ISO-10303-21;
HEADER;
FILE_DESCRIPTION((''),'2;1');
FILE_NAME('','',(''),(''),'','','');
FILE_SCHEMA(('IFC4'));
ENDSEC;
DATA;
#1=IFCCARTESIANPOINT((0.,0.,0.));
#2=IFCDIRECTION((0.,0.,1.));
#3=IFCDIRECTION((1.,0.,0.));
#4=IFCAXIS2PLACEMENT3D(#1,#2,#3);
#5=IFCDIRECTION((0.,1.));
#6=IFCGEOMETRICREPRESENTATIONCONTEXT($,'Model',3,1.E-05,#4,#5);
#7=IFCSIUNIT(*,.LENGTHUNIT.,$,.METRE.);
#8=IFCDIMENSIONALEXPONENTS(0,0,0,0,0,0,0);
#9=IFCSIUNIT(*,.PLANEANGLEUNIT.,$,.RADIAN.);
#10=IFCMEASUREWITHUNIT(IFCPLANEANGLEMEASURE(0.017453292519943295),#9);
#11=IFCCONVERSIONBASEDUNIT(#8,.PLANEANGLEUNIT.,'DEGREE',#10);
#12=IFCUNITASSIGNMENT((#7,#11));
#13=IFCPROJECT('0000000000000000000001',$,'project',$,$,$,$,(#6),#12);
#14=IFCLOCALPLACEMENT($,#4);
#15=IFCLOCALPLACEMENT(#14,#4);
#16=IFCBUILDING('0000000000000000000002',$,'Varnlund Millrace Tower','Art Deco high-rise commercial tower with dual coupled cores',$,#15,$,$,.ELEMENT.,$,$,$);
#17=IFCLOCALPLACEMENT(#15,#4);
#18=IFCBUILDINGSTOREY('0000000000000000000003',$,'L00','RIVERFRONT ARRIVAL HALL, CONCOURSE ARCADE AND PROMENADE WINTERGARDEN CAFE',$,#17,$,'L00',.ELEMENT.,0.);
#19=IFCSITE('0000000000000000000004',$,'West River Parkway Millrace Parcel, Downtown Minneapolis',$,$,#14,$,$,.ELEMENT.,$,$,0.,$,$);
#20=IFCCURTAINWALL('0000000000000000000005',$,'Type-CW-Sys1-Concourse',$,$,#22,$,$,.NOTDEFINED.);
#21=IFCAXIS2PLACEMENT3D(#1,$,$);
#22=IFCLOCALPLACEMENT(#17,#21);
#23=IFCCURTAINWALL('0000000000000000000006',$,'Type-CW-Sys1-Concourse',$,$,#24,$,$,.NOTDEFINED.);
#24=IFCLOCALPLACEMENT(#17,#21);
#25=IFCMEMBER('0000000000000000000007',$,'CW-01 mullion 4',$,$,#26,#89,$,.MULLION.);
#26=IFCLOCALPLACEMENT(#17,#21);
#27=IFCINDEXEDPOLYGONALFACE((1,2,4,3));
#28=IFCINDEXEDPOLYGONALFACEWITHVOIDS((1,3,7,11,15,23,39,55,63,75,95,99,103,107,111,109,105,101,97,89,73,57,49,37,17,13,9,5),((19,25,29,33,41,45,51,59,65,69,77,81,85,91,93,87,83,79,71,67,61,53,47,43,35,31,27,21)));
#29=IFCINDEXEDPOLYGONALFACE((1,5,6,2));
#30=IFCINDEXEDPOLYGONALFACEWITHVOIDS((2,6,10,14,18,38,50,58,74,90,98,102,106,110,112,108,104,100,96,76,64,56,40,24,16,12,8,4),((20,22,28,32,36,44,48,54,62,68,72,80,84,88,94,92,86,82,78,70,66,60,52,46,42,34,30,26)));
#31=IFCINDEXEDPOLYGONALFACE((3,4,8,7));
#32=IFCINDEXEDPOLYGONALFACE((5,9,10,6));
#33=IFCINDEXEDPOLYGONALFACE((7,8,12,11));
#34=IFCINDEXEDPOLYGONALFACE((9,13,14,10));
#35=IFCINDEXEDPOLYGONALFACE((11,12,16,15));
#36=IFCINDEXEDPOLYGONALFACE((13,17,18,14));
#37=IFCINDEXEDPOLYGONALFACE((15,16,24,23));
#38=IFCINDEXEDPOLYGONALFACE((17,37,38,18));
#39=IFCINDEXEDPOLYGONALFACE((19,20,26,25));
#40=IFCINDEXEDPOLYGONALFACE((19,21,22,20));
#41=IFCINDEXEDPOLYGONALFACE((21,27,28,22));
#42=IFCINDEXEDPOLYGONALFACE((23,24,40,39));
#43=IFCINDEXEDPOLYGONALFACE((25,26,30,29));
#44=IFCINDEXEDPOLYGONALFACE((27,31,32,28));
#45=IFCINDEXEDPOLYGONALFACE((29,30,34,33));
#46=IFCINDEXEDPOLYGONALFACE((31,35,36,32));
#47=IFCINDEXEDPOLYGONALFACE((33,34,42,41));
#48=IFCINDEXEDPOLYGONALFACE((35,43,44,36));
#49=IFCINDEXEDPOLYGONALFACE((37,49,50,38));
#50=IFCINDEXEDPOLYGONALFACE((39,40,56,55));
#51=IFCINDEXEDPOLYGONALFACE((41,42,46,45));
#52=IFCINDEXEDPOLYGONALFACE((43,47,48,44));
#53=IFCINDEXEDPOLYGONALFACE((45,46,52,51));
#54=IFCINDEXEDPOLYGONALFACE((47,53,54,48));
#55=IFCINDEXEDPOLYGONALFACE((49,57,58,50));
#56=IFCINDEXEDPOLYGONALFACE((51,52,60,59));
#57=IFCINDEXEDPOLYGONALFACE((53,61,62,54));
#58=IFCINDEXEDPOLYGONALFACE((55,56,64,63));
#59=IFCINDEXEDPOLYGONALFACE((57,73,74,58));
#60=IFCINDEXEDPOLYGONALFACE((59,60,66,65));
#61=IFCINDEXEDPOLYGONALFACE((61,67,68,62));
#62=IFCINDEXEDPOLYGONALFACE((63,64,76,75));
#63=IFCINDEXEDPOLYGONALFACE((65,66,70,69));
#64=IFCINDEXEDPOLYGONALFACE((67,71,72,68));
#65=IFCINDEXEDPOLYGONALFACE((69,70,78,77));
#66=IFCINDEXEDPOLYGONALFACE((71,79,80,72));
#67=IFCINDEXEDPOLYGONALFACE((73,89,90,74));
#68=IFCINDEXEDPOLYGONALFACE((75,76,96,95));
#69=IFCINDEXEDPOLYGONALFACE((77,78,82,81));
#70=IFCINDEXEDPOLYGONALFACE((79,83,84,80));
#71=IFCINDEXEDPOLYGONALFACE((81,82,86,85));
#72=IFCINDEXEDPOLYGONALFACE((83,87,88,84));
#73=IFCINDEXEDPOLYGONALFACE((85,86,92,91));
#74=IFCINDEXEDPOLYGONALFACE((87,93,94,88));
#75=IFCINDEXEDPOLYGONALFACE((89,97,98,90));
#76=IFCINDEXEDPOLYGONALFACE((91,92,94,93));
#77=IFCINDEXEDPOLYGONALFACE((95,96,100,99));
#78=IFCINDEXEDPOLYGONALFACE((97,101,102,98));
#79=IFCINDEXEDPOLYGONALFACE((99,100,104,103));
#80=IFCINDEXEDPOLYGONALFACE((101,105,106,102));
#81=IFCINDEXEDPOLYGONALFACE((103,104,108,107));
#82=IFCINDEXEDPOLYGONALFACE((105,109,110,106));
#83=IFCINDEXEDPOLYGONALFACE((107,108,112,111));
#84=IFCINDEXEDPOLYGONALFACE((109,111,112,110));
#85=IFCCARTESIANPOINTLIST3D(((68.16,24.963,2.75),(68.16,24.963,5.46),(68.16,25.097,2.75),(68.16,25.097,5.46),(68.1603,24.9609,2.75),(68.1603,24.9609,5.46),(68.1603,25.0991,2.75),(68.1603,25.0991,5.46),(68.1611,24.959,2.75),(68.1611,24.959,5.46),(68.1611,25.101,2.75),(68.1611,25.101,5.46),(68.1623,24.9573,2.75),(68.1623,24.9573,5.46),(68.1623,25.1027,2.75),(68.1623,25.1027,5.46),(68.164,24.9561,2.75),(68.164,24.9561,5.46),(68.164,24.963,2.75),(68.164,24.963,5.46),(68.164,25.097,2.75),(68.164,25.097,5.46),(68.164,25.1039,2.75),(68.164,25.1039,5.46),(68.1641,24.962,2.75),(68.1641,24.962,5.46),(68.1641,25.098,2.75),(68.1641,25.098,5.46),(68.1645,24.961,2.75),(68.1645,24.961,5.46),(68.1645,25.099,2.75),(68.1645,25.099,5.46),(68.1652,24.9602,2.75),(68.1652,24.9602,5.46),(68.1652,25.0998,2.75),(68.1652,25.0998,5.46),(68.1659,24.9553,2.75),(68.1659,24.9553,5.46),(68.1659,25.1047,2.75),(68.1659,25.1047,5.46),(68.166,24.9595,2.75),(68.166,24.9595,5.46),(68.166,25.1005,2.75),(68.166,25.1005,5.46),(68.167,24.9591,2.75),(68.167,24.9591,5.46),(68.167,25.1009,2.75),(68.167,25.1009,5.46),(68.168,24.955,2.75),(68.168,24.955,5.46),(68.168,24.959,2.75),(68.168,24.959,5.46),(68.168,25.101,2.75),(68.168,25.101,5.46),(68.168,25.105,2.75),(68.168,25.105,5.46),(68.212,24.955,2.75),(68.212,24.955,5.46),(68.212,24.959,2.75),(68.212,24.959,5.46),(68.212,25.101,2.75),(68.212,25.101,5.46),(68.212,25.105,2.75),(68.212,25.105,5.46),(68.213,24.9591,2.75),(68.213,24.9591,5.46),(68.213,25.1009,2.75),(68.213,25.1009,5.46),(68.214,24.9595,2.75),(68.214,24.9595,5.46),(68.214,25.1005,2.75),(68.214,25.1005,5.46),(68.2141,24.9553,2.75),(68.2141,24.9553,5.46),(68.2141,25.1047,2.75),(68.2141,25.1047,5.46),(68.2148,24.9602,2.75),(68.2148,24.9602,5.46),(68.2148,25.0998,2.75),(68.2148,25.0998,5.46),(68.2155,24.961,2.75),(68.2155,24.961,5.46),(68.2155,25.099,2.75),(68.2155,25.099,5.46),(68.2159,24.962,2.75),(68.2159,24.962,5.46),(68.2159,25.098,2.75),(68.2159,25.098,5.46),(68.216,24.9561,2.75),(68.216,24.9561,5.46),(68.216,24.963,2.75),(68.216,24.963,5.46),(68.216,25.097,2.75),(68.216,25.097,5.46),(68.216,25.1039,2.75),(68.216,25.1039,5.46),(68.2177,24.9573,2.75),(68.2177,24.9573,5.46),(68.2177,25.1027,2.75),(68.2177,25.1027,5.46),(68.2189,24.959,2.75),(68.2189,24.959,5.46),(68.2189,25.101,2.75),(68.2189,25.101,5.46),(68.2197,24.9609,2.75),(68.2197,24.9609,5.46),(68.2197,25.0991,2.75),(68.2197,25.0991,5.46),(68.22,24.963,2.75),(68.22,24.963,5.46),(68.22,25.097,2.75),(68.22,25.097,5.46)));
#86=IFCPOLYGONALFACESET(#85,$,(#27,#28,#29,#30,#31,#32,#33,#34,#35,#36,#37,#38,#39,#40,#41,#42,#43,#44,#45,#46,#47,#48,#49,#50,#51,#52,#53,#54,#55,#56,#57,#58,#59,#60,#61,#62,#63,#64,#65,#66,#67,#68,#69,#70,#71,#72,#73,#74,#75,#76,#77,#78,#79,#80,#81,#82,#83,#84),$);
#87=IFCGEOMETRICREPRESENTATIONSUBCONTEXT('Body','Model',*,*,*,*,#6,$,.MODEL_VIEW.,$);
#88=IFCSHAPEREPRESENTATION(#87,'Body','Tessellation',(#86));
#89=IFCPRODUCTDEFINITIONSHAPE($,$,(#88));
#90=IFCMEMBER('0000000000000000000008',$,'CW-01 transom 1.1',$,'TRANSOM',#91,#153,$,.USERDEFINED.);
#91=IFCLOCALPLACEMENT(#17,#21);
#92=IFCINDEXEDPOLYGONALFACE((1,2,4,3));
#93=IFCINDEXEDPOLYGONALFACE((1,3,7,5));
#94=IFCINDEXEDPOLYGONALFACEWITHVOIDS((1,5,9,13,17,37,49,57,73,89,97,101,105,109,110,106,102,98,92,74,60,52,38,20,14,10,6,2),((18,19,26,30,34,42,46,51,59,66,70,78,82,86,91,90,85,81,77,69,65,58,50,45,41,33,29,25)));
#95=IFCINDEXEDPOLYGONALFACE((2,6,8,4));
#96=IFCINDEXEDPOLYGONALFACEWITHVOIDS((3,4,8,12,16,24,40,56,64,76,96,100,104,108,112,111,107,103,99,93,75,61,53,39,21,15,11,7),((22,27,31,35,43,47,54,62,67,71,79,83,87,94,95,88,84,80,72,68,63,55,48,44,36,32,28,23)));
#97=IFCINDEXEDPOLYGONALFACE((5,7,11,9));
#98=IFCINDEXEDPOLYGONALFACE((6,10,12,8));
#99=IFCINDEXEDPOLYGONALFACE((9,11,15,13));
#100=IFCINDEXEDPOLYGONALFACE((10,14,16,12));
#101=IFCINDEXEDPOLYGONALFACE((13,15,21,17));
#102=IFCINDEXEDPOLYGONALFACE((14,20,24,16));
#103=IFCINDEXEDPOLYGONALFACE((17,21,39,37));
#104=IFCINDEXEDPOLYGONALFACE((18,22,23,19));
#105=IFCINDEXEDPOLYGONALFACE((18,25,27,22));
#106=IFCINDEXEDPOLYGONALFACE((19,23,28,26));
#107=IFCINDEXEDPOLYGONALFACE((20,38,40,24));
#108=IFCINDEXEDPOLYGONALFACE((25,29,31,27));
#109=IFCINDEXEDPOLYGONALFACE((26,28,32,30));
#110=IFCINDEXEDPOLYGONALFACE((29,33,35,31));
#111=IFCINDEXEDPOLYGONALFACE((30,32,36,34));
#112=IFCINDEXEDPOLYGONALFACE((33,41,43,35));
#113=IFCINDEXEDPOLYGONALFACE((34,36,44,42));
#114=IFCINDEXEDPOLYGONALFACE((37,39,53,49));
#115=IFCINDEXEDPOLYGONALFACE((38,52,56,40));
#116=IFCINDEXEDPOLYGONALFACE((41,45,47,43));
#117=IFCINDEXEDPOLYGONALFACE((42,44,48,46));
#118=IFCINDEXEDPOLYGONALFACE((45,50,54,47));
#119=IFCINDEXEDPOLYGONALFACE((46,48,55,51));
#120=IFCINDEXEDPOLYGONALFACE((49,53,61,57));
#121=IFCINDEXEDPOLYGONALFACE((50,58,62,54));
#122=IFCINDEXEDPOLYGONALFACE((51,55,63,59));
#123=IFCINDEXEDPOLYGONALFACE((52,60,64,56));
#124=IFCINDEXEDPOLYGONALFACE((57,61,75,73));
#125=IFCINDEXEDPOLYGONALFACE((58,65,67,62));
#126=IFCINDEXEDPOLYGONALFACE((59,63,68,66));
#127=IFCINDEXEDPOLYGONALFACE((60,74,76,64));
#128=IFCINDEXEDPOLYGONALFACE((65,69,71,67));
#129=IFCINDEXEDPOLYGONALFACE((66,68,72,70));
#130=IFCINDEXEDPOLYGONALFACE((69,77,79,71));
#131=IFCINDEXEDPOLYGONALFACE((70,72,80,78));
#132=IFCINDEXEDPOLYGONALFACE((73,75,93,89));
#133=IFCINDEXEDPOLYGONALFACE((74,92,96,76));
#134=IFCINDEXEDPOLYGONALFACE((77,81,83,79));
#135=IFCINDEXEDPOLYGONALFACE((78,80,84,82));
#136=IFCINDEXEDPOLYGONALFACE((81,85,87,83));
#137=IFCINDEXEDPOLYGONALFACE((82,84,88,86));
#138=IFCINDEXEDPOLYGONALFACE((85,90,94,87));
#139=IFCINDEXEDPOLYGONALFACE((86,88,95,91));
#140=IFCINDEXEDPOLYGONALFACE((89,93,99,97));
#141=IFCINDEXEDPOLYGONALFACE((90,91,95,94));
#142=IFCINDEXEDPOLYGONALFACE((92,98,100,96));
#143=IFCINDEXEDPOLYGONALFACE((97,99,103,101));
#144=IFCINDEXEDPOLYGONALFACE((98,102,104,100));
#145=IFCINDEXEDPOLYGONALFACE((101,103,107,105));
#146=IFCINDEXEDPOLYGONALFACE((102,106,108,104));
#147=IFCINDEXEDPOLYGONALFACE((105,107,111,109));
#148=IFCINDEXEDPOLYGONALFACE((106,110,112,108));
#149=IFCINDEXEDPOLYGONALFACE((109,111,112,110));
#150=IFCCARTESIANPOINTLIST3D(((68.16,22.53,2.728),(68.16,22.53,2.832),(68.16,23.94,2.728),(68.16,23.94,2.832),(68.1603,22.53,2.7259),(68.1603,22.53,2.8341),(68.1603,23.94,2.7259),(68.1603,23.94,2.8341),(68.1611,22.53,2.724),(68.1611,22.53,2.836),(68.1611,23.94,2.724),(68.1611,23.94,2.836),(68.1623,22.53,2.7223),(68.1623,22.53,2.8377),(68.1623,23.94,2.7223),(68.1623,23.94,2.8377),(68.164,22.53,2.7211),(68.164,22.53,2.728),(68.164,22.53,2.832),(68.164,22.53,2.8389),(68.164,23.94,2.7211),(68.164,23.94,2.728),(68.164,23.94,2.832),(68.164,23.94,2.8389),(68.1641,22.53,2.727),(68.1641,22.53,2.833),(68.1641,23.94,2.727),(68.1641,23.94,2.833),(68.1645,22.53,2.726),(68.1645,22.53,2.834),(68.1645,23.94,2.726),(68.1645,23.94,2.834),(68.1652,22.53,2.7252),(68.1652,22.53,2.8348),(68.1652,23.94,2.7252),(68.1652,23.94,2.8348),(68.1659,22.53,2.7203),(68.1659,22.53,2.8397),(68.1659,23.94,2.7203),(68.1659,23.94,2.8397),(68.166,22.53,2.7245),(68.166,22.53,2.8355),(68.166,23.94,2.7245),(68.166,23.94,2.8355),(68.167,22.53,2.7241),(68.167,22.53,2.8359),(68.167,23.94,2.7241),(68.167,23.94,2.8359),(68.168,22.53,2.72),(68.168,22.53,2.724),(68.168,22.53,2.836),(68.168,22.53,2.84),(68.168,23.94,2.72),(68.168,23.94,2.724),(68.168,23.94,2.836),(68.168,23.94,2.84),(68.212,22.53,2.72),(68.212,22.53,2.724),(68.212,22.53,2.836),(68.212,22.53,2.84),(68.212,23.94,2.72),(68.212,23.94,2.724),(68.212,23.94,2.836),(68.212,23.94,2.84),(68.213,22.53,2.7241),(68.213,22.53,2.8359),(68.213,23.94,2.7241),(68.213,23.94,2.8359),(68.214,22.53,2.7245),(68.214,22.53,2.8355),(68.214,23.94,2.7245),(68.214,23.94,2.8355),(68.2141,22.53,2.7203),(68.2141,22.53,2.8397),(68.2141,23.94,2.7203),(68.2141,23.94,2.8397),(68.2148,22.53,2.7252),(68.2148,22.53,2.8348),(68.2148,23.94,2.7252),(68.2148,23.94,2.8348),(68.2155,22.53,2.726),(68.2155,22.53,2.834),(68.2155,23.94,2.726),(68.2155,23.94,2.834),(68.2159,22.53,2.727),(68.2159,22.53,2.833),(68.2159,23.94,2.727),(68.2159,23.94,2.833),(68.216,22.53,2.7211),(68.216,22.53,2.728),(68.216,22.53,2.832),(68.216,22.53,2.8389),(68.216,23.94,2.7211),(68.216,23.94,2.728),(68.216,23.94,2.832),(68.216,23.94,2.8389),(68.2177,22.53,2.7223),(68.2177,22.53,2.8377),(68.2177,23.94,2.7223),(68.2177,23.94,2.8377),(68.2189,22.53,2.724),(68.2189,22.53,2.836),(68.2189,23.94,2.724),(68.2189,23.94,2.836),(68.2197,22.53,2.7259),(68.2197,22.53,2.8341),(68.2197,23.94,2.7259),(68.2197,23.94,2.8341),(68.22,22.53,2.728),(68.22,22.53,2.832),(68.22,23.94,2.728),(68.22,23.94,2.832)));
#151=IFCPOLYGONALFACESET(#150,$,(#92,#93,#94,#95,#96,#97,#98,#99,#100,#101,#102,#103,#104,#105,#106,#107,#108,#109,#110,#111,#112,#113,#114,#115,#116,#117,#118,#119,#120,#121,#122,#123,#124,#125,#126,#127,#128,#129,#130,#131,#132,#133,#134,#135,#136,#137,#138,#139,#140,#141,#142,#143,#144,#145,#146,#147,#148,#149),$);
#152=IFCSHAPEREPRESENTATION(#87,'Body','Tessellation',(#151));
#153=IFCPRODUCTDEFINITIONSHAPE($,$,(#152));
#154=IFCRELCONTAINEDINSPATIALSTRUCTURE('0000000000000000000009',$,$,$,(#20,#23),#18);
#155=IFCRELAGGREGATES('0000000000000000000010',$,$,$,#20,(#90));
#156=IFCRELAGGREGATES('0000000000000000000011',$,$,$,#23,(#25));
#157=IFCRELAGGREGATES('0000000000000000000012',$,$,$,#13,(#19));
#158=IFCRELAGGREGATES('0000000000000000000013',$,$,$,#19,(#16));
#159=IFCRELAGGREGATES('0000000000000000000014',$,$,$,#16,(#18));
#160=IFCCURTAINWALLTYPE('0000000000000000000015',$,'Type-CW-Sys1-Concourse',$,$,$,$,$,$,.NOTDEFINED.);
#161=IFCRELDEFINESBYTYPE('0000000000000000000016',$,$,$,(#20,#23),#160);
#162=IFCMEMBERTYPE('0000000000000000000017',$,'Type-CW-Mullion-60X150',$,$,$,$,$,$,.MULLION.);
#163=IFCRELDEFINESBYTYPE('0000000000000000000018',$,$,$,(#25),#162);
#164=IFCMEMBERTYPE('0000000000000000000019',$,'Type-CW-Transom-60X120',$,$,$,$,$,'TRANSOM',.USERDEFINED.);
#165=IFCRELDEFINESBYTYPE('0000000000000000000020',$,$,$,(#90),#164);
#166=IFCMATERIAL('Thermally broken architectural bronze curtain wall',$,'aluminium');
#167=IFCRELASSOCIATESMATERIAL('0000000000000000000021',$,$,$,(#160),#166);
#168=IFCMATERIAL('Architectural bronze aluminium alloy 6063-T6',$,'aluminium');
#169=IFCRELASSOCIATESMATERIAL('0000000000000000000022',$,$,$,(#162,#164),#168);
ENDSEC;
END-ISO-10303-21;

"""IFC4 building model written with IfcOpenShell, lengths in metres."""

from ifc_helpers import new_model, entity, si_unit, converted_unit, direction, frame, origin_with_axes, origin_2d_with_axis, place, context, subcontext, project, spatial, hollow_rectangle, extrude, material, material_profile, profile_set, type_object, element, aggregate, save


model = new_model("IFC4")

# Units and contexts
model_context = context("Model", 3, precision=1e-05, world=origin_with_axes(), true_north=direction((0.0, 1.0)))
body_context = subcontext(model_context, "Body", "Model", "MODEL_VIEW")
ifc_project = project(units=[si_unit("LENGTHUNIT", "METRE"), converted_unit("PLANEANGLEUNIT", "DEGREE", entity("IfcPlaneAngleMeasure", 0.017453292519943295), si_unit("PLANEANGLEUNIT", "RADIAN"), dimensions=[0, 0, 0, 0, 0, 0, 0])], contexts=[model_context])

# Site, building, storey
site_placement = place(None, origin_with_axes())
site = spatial("IfcSite", under=ifc_project, at=site_placement, Name="West River Parkway Millrace Parcel, Downtown Minneapolis", CompositionType="ELEMENT", RefElevation=0.0)
building_placement = place(site_placement, origin_with_axes())
building = spatial("IfcBuilding", under=site, at=building_placement, Name="Varnlund Millrace Tower", Description="Art Deco high-rise commercial tower with dual coupled cores", CompositionType="ELEMENT")
storey_placement = place(building_placement, origin_with_axes())
storey = spatial("IfcBuildingStorey", under=building, at=storey_placement, Name="L00", Description="RIVERFRONT ARRIVAL HALL, CONCOURSE ARCADE AND PROMENADE WINTERGARDEN CAFE", LongName="L00", CompositionType="ELEMENT", Elevation=0.0)

# Curtain walls, member
ifc_material_1 = material(Name="Thermally broken architectural bronze curtain wall", Category="aluminium")
curtain_wall_type = type_object("IfcCurtainWallType", Name="Type-CW-Sys1-Concourse", PredefinedType="NOTDEFINED", material=ifc_material_1)
curtain_wall_1_placement = place(storey_placement, frame((68.19, 24.0, 2.75), z_axis=(0.0, 0.0, 1.0), x_axis=(1.0, 0.0, 0.0)))
curtain_wall_1 = element("IfcCurtainWall", 1, at=curtain_wall_1_placement, inside=storey, type_object=curtain_wall_type, Name="Type-CW-Sys1-Concourse", PredefinedType="NOTDEFINED")
ifc_material_2 = material(Name="Architectural bronze aluminium alloy 6063-T6", Category="aluminium")
ifc_material_profile_1 = material_profile(ifc_material_2, hollow_rectangle(XDim=0.06, YDim=0.15, WallThickness=0.004, InnerFilletRadius=0.004, OuterFilletRadius=0.008, at=origin_2d_with_axis()), Name="Architectural bronze aluminium alloy 6063-T6")
ifc_profile_set_1 = profile_set([ifc_material_profile_1], Name="Architectural bronze aluminium alloy 6063-T6")
member_type_1 = type_object("IfcMemberType", Name="Type-CW-Mullion-60X150", PredefinedType="MULLION", material=ifc_profile_set_1)
curtain_wall_2_placement = place(storey_placement, frame((68.19, 29.5, 2.75), z_axis=(0.0, 0.0, 1.0), x_axis=(1.0, 0.0, 0.0)))
curtain_wall_2 = element("IfcCurtainWall", 2, at=curtain_wall_2_placement, inside=storey, type_object=curtain_wall_type, Name="Type-CW-Sys1-Concourse", PredefinedType="NOTDEFINED")
member_1_placement = place(storey_placement, frame((68.19, 25.03, 2.75), z_axis=(0.0, 0.0, 1.0), x_axis=(1.0, 0.0, 0.0)))
member_1 = element("IfcMember", 3, at=member_1_placement, type_object=member_type_1, Name="CW-01 mullion 4", PredefinedType="MULLION", context=body_context, shape_type="SweptSolid", body=[
    extrude(hollow_rectangle(XDim=0.06, YDim=0.15, WallThickness=0.004, InnerFilletRadius=0.004, OuterFilletRadius=0.008, at=origin_2d_with_axis()), origin_with_axes(), (0.0, 0.0, 1.0), 2.71),
])

# Member
ifc_material_profile_2 = material_profile(ifc_material_2, hollow_rectangle(XDim=0.06, YDim=0.12, WallThickness=0.004, InnerFilletRadius=0.004, OuterFilletRadius=0.008, at=origin_2d_with_axis()), Name="Architectural bronze aluminium alloy 6063-T6")
ifc_profile_set_2 = profile_set([ifc_material_profile_2], Name="Architectural bronze aluminium alloy 6063-T6")
member_type_2 = type_object("IfcMemberType", Name="Type-CW-Transom-60X120", ElementType="TRANSOM", PredefinedType="USERDEFINED", material=ifc_profile_set_2)
member_2_placement = place(storey_placement, frame((68.19, 23.94, 2.78), z_axis=(0.0, -1.0, 0.0), x_axis=(1.0, 0.0, 0.0)))
member_2 = element("IfcMember", 4, at=member_2_placement, type_object=member_type_2, Name="CW-01 transom 1.1", ObjectType="TRANSOM", PredefinedType="USERDEFINED", context=body_context, shape_type="SweptSolid", body=[
    extrude(hollow_rectangle(XDim=0.06, YDim=0.12, WallThickness=0.004, InnerFilletRadius=0.004, OuterFilletRadius=0.008, at=origin_2d_with_axis()), origin_with_axes(), (0.0, 0.0, 1.0), 1.41),
])

aggregate(curtain_wall_1, [member_2])
aggregate(curtain_wall_2, [member_1])

save(model, "model.ifc")
